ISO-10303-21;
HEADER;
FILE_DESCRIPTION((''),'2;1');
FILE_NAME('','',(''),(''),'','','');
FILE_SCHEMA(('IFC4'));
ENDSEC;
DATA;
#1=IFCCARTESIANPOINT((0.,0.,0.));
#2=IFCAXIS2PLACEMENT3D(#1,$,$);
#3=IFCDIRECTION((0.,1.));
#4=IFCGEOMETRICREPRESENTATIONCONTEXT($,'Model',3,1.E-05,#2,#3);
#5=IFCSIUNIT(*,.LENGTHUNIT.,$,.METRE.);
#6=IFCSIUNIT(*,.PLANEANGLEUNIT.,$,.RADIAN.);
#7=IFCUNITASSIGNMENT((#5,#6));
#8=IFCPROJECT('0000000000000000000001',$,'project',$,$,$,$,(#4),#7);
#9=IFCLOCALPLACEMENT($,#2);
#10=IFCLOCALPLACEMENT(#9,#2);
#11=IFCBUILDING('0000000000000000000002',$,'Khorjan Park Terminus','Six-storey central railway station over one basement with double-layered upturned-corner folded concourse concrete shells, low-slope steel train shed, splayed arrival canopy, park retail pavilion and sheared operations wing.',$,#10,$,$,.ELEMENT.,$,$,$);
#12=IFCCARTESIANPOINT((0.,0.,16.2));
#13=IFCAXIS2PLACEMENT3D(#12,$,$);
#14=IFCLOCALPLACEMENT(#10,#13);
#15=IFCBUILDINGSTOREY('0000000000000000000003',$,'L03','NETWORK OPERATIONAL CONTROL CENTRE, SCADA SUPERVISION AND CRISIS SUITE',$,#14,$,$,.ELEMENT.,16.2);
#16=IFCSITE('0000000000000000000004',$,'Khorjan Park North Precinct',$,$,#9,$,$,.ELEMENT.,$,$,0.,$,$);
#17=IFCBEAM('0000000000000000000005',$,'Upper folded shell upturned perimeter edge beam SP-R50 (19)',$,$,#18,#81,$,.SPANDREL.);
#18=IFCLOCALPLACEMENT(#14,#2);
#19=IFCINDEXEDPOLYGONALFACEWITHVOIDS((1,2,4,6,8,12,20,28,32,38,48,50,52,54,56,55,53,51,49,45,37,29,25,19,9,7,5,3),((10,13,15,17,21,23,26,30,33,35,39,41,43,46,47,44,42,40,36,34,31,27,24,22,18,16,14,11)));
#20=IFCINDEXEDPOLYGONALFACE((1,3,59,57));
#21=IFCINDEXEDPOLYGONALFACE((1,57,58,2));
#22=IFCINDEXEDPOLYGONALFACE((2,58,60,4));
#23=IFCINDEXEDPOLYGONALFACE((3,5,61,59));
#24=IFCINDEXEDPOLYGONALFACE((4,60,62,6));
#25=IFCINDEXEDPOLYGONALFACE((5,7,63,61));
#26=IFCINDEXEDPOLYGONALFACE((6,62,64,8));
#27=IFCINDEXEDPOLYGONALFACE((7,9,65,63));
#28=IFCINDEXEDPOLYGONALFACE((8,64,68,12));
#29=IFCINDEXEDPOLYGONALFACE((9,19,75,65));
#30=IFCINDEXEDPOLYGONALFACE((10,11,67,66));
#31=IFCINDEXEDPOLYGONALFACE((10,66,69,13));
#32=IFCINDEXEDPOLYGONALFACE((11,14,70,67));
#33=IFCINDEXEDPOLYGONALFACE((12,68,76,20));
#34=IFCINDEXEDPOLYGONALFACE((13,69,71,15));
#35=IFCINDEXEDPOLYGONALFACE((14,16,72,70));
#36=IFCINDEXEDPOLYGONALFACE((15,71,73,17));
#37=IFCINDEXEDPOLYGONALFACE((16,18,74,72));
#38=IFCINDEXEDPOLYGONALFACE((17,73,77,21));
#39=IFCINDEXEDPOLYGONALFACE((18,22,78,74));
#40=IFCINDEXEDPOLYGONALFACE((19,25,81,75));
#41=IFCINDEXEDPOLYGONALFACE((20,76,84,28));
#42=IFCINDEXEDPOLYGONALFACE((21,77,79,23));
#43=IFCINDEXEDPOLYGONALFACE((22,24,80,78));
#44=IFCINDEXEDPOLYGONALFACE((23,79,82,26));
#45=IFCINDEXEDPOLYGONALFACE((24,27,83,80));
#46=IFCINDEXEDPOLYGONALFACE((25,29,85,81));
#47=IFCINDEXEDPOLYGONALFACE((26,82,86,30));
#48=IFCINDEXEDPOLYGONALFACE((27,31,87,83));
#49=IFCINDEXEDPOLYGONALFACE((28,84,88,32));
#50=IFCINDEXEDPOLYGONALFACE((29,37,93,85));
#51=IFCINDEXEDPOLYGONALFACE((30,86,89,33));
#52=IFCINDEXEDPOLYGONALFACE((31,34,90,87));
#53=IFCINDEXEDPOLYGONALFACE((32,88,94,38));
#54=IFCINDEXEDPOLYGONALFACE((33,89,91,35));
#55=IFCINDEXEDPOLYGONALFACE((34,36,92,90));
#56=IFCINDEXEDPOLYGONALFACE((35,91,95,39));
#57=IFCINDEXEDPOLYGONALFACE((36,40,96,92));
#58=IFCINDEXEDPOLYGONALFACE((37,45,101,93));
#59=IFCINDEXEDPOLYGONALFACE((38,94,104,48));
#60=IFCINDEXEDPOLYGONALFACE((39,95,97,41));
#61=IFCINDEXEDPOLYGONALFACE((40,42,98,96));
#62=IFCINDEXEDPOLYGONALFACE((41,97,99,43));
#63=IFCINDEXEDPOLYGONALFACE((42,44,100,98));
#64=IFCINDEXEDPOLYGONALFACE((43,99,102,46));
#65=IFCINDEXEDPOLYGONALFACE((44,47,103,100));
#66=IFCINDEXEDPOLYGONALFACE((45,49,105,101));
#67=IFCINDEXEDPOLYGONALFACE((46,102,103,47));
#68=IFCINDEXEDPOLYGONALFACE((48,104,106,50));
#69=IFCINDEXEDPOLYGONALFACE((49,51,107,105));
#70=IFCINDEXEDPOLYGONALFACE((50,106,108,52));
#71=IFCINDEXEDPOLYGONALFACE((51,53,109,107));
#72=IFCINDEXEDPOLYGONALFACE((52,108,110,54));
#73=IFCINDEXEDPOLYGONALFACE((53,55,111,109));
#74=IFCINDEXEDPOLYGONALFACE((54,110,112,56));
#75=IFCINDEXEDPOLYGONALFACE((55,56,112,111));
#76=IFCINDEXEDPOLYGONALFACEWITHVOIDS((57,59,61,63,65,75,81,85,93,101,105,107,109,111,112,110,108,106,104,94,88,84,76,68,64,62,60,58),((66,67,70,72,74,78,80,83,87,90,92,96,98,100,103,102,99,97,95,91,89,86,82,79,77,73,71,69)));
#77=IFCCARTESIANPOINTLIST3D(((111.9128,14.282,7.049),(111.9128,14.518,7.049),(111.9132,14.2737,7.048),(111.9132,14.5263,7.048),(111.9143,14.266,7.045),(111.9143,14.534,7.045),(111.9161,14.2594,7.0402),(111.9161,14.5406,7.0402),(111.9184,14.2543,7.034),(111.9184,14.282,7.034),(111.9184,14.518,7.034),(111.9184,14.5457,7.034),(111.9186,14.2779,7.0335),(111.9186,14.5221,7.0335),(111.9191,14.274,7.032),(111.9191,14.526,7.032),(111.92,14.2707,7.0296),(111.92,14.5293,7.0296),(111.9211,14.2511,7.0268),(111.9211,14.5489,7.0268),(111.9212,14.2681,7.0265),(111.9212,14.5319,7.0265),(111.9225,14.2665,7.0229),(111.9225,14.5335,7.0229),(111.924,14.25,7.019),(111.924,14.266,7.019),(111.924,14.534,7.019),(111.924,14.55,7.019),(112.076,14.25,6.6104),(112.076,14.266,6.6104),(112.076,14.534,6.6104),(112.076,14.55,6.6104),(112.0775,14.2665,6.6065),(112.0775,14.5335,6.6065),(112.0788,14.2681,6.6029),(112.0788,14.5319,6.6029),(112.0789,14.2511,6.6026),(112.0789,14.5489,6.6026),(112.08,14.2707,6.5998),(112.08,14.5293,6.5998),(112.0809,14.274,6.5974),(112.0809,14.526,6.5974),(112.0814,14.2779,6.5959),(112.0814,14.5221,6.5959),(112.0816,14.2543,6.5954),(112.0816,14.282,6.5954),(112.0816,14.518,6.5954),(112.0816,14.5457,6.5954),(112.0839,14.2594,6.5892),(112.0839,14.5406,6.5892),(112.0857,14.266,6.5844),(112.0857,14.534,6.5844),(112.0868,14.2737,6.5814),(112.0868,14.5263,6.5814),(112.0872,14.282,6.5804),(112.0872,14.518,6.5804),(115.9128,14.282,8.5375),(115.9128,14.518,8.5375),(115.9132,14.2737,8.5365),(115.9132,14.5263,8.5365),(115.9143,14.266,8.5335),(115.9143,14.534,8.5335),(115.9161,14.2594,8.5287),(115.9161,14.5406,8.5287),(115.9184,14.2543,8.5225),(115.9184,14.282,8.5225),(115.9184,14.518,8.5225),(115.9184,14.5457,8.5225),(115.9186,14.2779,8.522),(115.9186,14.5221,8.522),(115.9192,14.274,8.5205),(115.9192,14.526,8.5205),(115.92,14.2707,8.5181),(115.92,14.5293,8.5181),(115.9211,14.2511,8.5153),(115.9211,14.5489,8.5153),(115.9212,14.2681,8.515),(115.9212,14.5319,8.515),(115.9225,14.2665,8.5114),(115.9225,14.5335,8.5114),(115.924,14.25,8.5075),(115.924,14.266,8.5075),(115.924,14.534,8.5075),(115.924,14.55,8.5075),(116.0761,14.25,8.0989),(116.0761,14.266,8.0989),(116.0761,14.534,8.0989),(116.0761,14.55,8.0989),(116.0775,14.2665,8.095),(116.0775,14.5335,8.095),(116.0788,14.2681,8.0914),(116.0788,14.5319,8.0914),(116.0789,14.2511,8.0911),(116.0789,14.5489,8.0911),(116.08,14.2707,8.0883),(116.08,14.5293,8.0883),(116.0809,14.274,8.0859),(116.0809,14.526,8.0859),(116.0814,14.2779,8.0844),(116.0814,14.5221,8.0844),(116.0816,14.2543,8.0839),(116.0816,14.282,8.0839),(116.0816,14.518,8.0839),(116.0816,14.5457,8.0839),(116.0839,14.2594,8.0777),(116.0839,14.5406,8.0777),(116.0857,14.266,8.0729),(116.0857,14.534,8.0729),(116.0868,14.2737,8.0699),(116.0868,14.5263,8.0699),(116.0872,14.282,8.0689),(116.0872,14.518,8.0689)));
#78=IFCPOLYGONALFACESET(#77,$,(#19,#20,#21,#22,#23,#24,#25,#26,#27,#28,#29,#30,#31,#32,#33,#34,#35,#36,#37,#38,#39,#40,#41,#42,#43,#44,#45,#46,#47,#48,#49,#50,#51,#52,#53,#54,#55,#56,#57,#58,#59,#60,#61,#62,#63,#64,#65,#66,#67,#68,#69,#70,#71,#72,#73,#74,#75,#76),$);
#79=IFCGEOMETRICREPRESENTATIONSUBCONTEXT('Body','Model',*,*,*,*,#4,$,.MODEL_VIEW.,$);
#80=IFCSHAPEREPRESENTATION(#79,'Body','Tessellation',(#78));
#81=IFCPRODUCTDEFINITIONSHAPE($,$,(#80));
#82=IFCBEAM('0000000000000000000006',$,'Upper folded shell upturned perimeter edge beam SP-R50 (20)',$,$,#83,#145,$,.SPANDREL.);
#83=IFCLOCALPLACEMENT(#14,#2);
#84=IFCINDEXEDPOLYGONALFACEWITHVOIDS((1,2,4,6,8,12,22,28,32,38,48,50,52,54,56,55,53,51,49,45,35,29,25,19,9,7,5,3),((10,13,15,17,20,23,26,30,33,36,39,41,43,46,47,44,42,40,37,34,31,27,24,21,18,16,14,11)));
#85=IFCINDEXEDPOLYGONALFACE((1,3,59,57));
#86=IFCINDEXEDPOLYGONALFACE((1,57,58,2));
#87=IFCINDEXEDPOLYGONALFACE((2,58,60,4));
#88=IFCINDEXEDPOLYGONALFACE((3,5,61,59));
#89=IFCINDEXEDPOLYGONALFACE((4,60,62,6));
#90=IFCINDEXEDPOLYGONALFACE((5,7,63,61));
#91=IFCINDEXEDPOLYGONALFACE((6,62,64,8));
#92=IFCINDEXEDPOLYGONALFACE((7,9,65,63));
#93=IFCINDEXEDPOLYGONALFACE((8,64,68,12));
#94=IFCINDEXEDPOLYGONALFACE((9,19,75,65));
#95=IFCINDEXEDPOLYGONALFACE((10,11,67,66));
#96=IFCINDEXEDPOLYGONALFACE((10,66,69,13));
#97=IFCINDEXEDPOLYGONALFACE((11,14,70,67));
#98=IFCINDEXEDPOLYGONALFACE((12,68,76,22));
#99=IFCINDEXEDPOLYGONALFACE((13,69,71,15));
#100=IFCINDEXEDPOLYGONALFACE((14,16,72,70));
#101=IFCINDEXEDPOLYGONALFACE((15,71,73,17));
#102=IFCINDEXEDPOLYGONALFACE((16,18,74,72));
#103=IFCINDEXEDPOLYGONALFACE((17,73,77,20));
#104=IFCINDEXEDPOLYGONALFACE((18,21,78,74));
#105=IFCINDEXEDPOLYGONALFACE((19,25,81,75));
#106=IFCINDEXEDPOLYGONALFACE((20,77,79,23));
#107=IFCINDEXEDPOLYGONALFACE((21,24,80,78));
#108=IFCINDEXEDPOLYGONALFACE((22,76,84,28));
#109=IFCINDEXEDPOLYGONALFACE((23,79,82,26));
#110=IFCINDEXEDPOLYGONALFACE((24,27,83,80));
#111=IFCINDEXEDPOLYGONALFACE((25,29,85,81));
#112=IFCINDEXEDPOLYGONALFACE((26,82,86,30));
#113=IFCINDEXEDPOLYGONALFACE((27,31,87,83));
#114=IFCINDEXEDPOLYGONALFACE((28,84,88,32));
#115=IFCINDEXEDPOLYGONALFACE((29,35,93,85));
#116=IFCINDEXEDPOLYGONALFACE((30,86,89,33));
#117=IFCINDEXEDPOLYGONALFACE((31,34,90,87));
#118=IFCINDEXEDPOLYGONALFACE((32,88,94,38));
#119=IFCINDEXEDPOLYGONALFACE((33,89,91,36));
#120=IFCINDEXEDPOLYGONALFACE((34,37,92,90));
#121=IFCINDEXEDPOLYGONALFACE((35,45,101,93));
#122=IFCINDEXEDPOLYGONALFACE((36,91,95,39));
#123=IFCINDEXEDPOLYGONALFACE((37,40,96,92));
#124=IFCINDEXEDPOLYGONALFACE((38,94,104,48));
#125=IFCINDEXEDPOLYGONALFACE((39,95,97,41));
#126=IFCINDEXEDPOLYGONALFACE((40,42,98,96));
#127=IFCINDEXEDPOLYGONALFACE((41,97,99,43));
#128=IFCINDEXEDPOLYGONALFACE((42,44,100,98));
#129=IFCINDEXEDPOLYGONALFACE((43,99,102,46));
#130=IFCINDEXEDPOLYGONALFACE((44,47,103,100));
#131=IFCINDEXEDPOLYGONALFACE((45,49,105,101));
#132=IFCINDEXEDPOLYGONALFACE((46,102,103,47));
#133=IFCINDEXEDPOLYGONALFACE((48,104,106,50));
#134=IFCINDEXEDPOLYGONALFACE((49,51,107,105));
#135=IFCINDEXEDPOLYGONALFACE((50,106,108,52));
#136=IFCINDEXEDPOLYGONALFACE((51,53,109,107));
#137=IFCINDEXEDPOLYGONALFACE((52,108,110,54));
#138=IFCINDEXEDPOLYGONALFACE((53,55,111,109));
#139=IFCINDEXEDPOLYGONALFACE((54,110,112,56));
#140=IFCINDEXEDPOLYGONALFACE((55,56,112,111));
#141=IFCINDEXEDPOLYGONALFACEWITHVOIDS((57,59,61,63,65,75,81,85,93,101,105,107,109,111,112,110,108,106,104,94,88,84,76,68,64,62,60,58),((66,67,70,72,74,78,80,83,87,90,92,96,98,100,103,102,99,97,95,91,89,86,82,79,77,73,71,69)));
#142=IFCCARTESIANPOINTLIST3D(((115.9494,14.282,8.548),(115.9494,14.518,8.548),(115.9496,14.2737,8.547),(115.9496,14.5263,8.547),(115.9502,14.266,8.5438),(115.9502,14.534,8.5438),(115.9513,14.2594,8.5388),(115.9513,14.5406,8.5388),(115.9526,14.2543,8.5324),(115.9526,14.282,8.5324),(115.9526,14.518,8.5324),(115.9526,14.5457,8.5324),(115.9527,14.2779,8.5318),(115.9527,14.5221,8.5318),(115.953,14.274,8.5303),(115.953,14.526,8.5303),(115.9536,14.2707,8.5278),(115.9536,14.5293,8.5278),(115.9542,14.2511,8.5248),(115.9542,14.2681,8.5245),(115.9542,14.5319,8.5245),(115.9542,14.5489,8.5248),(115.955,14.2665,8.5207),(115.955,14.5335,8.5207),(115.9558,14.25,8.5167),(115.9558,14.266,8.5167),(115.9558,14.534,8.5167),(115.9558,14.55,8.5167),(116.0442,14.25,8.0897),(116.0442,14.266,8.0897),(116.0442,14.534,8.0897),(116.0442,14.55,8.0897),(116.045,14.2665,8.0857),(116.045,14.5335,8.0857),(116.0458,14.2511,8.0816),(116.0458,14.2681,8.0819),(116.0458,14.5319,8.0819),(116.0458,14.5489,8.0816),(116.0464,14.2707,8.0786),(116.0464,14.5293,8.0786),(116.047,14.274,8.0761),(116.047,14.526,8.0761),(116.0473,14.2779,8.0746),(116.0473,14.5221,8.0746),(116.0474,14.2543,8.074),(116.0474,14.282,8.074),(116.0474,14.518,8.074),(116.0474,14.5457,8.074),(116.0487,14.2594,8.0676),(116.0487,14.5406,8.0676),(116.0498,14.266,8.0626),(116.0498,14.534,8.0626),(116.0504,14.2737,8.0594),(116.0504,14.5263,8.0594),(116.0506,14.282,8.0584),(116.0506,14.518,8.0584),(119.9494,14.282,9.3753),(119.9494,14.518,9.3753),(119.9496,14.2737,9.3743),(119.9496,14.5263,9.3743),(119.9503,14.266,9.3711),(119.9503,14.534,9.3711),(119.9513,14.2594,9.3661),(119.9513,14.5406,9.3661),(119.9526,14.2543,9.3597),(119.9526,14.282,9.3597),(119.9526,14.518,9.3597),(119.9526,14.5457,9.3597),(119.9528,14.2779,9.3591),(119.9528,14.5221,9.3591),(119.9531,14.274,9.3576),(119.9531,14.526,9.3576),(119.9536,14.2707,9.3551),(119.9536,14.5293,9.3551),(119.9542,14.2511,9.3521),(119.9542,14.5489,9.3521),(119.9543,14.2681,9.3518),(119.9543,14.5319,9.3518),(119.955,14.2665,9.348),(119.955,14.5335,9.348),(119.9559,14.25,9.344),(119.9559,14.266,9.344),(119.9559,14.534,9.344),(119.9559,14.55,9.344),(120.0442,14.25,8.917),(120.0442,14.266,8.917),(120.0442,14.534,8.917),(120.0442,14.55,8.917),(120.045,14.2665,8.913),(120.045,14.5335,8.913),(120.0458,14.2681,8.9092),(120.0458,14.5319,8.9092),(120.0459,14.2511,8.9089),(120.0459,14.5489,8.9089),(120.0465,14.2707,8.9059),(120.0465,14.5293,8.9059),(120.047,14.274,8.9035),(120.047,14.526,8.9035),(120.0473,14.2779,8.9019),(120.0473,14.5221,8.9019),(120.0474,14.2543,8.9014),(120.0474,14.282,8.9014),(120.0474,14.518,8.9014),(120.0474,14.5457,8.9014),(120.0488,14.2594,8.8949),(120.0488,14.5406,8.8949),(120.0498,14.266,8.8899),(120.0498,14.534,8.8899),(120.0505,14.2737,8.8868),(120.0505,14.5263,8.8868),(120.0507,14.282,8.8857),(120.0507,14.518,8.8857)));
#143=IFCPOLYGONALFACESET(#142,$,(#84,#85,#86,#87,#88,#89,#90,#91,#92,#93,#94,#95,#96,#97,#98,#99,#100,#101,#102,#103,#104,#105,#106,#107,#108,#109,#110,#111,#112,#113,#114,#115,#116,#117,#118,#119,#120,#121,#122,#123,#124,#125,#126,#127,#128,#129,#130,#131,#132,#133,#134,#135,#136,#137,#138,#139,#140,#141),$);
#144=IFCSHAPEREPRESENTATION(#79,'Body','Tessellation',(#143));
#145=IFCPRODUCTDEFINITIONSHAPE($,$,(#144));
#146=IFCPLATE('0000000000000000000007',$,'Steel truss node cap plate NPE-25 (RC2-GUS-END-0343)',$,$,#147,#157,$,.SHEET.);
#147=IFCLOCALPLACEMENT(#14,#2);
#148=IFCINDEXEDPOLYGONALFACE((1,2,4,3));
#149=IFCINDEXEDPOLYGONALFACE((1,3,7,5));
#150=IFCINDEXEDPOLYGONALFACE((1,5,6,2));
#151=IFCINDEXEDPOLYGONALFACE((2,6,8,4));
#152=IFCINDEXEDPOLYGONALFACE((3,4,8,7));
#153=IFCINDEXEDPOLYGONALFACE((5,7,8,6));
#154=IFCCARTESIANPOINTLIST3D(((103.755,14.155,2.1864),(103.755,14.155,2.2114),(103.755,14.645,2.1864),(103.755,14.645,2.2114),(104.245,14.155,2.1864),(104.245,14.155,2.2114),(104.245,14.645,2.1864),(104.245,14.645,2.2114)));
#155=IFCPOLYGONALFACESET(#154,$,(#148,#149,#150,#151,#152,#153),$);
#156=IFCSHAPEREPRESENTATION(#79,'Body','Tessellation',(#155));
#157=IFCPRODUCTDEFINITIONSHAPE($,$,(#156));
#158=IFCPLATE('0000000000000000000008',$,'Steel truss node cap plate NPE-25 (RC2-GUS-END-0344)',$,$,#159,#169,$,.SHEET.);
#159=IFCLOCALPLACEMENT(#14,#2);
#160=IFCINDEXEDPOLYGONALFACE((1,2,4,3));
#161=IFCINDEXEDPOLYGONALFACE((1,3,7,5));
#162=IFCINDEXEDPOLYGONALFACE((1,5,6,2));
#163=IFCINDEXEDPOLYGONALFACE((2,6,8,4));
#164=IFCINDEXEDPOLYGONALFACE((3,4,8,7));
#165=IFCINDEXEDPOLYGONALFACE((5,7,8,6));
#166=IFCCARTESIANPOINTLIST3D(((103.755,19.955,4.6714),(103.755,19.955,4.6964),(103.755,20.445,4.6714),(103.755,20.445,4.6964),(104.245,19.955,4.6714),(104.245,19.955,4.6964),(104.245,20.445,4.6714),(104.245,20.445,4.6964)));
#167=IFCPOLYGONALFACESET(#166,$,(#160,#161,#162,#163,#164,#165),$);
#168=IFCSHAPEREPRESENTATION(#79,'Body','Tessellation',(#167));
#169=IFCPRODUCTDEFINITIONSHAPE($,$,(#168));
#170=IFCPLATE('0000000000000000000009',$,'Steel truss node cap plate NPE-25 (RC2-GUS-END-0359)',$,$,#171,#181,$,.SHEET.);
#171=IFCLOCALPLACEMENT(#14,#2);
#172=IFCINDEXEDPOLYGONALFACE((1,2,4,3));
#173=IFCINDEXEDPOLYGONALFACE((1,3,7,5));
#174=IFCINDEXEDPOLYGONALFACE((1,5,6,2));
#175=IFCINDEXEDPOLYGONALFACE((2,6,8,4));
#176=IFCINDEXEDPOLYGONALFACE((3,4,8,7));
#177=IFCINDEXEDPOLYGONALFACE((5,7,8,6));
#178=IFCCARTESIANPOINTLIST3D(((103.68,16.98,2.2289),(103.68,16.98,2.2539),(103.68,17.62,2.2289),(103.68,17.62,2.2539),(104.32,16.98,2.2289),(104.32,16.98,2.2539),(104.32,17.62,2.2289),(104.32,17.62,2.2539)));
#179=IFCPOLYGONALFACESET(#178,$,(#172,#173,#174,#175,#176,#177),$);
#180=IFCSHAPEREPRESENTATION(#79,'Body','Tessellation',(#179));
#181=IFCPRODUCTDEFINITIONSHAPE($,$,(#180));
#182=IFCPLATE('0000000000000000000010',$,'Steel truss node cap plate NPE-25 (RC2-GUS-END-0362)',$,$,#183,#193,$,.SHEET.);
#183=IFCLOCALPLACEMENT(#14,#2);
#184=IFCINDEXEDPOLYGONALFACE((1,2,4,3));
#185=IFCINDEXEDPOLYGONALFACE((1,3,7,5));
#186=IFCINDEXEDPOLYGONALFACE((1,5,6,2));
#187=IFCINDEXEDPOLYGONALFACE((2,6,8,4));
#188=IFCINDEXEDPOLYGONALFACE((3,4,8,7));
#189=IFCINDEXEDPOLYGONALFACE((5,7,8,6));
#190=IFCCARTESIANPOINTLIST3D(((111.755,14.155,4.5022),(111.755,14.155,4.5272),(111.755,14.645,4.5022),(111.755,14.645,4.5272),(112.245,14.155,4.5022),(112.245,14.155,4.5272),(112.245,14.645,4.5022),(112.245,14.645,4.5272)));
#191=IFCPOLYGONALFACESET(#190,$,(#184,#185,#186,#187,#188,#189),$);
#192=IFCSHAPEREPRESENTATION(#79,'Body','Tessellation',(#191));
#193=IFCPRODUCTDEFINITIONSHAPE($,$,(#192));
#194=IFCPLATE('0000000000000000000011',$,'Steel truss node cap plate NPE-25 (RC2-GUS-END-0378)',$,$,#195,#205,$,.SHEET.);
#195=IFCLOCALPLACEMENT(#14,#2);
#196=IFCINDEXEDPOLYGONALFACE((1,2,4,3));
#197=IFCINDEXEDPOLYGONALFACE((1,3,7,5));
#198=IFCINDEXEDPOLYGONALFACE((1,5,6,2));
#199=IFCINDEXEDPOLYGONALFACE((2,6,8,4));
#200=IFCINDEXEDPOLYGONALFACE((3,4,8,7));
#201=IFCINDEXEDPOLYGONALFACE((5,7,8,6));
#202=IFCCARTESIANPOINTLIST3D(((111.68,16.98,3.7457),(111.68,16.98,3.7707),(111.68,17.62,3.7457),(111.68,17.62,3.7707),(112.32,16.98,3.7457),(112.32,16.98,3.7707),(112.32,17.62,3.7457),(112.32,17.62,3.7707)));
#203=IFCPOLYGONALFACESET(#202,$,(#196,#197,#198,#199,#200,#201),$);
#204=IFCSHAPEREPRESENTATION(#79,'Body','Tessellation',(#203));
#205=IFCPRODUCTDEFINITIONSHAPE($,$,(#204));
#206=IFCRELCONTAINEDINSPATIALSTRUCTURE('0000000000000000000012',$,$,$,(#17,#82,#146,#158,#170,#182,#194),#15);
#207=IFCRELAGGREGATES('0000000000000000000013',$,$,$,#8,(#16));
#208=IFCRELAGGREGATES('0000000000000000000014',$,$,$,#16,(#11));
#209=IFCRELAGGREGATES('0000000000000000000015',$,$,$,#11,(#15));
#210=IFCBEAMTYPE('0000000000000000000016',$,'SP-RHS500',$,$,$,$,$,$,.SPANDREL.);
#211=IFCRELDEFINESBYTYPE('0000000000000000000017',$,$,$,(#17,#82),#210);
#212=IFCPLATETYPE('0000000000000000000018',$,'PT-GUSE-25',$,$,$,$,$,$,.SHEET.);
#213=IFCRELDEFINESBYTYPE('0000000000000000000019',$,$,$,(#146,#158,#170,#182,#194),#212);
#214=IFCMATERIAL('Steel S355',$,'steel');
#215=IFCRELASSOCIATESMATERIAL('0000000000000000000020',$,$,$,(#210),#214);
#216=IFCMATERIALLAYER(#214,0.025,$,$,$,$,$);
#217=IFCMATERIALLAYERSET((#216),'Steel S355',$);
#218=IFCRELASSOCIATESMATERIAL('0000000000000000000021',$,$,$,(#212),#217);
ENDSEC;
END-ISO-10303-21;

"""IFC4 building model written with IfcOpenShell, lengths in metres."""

from ifc_helpers import new_model, si_unit, direction, frame, origin, origin_2d, place, context, subcontext, project, spatial, rectangle, hollow_rectangle, extrude, material, layer, layer_set, material_profile, profile_set, type_object, element, save


model = new_model("IFC4")

# Units and contexts
model_context = context("Model", 3, precision=1e-05, world=origin(), true_north=direction((0.0, 1.0)))
body_context = subcontext(model_context, "Body", "Model", "MODEL_VIEW")
ifc_project = project(units=[si_unit("LENGTHUNIT", "METRE"), si_unit("PLANEANGLEUNIT", "RADIAN")], contexts=[model_context])

# Site, building, storey
site_placement = place(None, origin())
site = spatial("IfcSite", under=ifc_project, at=site_placement, Name="Khorjan Park North Precinct", CompositionType="ELEMENT", RefElevation=0.0)
building_placement = place(site_placement, origin())
building = spatial("IfcBuilding", under=site, at=building_placement, Name="Khorjan Park Terminus", Description="Six-storey central railway station over one basement with double-layered upturned-corner folded concourse concrete shells, low-slope steel train shed, splayed arrival canopy, park retail pavilion and sheared operations wing.", CompositionType="ELEMENT")
storey_placement = place(building_placement, frame((0.0, 0.0, 16.2)))
storey = spatial("IfcBuildingStorey", under=building, at=storey_placement, Name="L03", Description="NETWORK OPERATIONAL CONTROL CENTRE, SCADA SUPERVISION AND CRISIS SUITE", CompositionType="ELEMENT", Elevation=16.2)

# Shared definitions
ifc_material = material(Name="Steel S355", Category="steel")

# Beams
ifc_material_profile_1 = material_profile(ifc_material, hollow_rectangle(XDim=0.3, YDim=0.5, WallThickness=0.016, InnerFilletRadius=0.016, OuterFilletRadius=0.032, at=origin_2d()), Name="RHS 500x300x16")
ifc_profile_set_1 = profile_set([ifc_material_profile_1], Name="Steel S355")
beam_type = type_object("IfcBeamType", Name="SP-RHS500", PredefinedType="SPANDREL", material=ifc_profile_set_1)
beam_1_placement = place(storey_placement, frame((112.0, 14.4, 6.8147), z_axis=(0.937212, 0.0, 0.34876), x_axis=(0.0, 1.0, 0.0)))
element("IfcBeam", 1, at=beam_1_placement, inside=storey, type_object=beam_type, Name="Upper folded shell upturned perimeter edge beam SP-R50 (19)", PredefinedType="SPANDREL", context=body_context, shape_type="SweptSolid", body=[
    extrude(hollow_rectangle(XDim=0.3, YDim=0.5, WallThickness=0.016, InnerFilletRadius=0.016, OuterFilletRadius=0.032, at=origin_2d()), origin(), (0.0, 0.0, 1.0), 4.268),
])
beam_2_placement = place(storey_placement, frame((116.0, 14.4, 8.3032), z_axis=(0.979274, 0.0, 0.202538), x_axis=(0.0, 1.0, 0.0)))
element("IfcBeam", 2, at=beam_2_placement, inside=storey, type_object=beam_type, Name="Upper folded shell upturned perimeter edge beam SP-R50 (20)", PredefinedType="SPANDREL", context=body_context, shape_type="SweptSolid", body=[
    extrude(hollow_rectangle(XDim=0.3, YDim=0.5, WallThickness=0.016, InnerFilletRadius=0.016, OuterFilletRadius=0.032, at=origin_2d()), origin(), (0.0, 0.0, 1.0), 4.0847),
])

# Plates
ifc_layer_1 = layer(ifc_material, 0.025)
ifc_layer_set_1 = layer_set([ifc_layer_1], Name="Steel S355")
plate_type_1 = type_object("IfcPlateType", Name="PT-GUSE-25", PredefinedType="SHEET", material=ifc_layer_set_1)
for number, where, z_axis, x_axis, name in (
    (3, (104.0, 14.4, 2.1864), (0.0, 0.0, 1.0), (1.0, 0.0, 0.0), "Steel truss node cap plate NPE-25 (RC2-GUS-END-0343)"),
    (4, (104.0, 20.2, 4.6714), (0.0, 0.0, 1.0), (1.0, 0.0, 0.0), "Steel truss node cap plate NPE-25 (RC2-GUS-END-0344)"),
):
    element("IfcPlate", number, at=place(storey_placement, frame(where, z_axis=z_axis, x_axis=x_axis)), inside=storey, type_object=plate_type_1, Name=name, PredefinedType="SHEET", context=body_context, shape_type="SweptSolid", body=[
        extrude(rectangle(XDim=0.49, YDim=0.49, at=origin_2d()), origin(), (0.0, 0.0, 1.0), 0.025),
    ])
plate_1_placement = place(storey_placement, frame((104.0, 17.3, 2.2289), z_axis=(0.0, 0.0, 1.0), x_axis=(1.0, 0.0, 0.0)))
element("IfcPlate", 5, at=plate_1_placement, inside=storey, type_object=plate_type_1, Name="Steel truss node cap plate NPE-25 (RC2-GUS-END-0359)", PredefinedType="SHEET", context=body_context, shape_type="SweptSolid", body=[
    extrude(rectangle(XDim=0.64, YDim=0.64, at=origin_2d()), origin(), (0.0, 0.0, 1.0), 0.025),
])
plate_2_placement = place(storey_placement, frame((112.0, 14.4, 4.5022), z_axis=(0.0, 0.0, 1.0), x_axis=(1.0, 0.0, 0.0)))
element("IfcPlate", 6, at=plate_2_placement, inside=storey, type_object=plate_type_1, Name="Steel truss node cap plate NPE-25 (RC2-GUS-END-0362)", PredefinedType="SHEET", context=body_context, shape_type="SweptSolid", body=[
    extrude(rectangle(XDim=0.49, YDim=0.49, at=origin_2d()), origin(), (0.0, 0.0, 1.0), 0.025),
])
plate_3_placement = place(storey_placement, frame((112.0, 17.3, 3.7457), z_axis=(0.0, 0.0, 1.0), x_axis=(1.0, 0.0, 0.0)))
element("IfcPlate", 7, at=plate_3_placement, inside=storey, type_object=plate_type_1, Name="Steel truss node cap plate NPE-25 (RC2-GUS-END-0378)", PredefinedType="SHEET", context=body_context, shape_type="SweptSolid", body=[
    extrude(rectangle(XDim=0.64, YDim=0.64, at=origin_2d()), origin(), (0.0, 0.0, 1.0), 0.025),
])

save(model, "model.ifc")
